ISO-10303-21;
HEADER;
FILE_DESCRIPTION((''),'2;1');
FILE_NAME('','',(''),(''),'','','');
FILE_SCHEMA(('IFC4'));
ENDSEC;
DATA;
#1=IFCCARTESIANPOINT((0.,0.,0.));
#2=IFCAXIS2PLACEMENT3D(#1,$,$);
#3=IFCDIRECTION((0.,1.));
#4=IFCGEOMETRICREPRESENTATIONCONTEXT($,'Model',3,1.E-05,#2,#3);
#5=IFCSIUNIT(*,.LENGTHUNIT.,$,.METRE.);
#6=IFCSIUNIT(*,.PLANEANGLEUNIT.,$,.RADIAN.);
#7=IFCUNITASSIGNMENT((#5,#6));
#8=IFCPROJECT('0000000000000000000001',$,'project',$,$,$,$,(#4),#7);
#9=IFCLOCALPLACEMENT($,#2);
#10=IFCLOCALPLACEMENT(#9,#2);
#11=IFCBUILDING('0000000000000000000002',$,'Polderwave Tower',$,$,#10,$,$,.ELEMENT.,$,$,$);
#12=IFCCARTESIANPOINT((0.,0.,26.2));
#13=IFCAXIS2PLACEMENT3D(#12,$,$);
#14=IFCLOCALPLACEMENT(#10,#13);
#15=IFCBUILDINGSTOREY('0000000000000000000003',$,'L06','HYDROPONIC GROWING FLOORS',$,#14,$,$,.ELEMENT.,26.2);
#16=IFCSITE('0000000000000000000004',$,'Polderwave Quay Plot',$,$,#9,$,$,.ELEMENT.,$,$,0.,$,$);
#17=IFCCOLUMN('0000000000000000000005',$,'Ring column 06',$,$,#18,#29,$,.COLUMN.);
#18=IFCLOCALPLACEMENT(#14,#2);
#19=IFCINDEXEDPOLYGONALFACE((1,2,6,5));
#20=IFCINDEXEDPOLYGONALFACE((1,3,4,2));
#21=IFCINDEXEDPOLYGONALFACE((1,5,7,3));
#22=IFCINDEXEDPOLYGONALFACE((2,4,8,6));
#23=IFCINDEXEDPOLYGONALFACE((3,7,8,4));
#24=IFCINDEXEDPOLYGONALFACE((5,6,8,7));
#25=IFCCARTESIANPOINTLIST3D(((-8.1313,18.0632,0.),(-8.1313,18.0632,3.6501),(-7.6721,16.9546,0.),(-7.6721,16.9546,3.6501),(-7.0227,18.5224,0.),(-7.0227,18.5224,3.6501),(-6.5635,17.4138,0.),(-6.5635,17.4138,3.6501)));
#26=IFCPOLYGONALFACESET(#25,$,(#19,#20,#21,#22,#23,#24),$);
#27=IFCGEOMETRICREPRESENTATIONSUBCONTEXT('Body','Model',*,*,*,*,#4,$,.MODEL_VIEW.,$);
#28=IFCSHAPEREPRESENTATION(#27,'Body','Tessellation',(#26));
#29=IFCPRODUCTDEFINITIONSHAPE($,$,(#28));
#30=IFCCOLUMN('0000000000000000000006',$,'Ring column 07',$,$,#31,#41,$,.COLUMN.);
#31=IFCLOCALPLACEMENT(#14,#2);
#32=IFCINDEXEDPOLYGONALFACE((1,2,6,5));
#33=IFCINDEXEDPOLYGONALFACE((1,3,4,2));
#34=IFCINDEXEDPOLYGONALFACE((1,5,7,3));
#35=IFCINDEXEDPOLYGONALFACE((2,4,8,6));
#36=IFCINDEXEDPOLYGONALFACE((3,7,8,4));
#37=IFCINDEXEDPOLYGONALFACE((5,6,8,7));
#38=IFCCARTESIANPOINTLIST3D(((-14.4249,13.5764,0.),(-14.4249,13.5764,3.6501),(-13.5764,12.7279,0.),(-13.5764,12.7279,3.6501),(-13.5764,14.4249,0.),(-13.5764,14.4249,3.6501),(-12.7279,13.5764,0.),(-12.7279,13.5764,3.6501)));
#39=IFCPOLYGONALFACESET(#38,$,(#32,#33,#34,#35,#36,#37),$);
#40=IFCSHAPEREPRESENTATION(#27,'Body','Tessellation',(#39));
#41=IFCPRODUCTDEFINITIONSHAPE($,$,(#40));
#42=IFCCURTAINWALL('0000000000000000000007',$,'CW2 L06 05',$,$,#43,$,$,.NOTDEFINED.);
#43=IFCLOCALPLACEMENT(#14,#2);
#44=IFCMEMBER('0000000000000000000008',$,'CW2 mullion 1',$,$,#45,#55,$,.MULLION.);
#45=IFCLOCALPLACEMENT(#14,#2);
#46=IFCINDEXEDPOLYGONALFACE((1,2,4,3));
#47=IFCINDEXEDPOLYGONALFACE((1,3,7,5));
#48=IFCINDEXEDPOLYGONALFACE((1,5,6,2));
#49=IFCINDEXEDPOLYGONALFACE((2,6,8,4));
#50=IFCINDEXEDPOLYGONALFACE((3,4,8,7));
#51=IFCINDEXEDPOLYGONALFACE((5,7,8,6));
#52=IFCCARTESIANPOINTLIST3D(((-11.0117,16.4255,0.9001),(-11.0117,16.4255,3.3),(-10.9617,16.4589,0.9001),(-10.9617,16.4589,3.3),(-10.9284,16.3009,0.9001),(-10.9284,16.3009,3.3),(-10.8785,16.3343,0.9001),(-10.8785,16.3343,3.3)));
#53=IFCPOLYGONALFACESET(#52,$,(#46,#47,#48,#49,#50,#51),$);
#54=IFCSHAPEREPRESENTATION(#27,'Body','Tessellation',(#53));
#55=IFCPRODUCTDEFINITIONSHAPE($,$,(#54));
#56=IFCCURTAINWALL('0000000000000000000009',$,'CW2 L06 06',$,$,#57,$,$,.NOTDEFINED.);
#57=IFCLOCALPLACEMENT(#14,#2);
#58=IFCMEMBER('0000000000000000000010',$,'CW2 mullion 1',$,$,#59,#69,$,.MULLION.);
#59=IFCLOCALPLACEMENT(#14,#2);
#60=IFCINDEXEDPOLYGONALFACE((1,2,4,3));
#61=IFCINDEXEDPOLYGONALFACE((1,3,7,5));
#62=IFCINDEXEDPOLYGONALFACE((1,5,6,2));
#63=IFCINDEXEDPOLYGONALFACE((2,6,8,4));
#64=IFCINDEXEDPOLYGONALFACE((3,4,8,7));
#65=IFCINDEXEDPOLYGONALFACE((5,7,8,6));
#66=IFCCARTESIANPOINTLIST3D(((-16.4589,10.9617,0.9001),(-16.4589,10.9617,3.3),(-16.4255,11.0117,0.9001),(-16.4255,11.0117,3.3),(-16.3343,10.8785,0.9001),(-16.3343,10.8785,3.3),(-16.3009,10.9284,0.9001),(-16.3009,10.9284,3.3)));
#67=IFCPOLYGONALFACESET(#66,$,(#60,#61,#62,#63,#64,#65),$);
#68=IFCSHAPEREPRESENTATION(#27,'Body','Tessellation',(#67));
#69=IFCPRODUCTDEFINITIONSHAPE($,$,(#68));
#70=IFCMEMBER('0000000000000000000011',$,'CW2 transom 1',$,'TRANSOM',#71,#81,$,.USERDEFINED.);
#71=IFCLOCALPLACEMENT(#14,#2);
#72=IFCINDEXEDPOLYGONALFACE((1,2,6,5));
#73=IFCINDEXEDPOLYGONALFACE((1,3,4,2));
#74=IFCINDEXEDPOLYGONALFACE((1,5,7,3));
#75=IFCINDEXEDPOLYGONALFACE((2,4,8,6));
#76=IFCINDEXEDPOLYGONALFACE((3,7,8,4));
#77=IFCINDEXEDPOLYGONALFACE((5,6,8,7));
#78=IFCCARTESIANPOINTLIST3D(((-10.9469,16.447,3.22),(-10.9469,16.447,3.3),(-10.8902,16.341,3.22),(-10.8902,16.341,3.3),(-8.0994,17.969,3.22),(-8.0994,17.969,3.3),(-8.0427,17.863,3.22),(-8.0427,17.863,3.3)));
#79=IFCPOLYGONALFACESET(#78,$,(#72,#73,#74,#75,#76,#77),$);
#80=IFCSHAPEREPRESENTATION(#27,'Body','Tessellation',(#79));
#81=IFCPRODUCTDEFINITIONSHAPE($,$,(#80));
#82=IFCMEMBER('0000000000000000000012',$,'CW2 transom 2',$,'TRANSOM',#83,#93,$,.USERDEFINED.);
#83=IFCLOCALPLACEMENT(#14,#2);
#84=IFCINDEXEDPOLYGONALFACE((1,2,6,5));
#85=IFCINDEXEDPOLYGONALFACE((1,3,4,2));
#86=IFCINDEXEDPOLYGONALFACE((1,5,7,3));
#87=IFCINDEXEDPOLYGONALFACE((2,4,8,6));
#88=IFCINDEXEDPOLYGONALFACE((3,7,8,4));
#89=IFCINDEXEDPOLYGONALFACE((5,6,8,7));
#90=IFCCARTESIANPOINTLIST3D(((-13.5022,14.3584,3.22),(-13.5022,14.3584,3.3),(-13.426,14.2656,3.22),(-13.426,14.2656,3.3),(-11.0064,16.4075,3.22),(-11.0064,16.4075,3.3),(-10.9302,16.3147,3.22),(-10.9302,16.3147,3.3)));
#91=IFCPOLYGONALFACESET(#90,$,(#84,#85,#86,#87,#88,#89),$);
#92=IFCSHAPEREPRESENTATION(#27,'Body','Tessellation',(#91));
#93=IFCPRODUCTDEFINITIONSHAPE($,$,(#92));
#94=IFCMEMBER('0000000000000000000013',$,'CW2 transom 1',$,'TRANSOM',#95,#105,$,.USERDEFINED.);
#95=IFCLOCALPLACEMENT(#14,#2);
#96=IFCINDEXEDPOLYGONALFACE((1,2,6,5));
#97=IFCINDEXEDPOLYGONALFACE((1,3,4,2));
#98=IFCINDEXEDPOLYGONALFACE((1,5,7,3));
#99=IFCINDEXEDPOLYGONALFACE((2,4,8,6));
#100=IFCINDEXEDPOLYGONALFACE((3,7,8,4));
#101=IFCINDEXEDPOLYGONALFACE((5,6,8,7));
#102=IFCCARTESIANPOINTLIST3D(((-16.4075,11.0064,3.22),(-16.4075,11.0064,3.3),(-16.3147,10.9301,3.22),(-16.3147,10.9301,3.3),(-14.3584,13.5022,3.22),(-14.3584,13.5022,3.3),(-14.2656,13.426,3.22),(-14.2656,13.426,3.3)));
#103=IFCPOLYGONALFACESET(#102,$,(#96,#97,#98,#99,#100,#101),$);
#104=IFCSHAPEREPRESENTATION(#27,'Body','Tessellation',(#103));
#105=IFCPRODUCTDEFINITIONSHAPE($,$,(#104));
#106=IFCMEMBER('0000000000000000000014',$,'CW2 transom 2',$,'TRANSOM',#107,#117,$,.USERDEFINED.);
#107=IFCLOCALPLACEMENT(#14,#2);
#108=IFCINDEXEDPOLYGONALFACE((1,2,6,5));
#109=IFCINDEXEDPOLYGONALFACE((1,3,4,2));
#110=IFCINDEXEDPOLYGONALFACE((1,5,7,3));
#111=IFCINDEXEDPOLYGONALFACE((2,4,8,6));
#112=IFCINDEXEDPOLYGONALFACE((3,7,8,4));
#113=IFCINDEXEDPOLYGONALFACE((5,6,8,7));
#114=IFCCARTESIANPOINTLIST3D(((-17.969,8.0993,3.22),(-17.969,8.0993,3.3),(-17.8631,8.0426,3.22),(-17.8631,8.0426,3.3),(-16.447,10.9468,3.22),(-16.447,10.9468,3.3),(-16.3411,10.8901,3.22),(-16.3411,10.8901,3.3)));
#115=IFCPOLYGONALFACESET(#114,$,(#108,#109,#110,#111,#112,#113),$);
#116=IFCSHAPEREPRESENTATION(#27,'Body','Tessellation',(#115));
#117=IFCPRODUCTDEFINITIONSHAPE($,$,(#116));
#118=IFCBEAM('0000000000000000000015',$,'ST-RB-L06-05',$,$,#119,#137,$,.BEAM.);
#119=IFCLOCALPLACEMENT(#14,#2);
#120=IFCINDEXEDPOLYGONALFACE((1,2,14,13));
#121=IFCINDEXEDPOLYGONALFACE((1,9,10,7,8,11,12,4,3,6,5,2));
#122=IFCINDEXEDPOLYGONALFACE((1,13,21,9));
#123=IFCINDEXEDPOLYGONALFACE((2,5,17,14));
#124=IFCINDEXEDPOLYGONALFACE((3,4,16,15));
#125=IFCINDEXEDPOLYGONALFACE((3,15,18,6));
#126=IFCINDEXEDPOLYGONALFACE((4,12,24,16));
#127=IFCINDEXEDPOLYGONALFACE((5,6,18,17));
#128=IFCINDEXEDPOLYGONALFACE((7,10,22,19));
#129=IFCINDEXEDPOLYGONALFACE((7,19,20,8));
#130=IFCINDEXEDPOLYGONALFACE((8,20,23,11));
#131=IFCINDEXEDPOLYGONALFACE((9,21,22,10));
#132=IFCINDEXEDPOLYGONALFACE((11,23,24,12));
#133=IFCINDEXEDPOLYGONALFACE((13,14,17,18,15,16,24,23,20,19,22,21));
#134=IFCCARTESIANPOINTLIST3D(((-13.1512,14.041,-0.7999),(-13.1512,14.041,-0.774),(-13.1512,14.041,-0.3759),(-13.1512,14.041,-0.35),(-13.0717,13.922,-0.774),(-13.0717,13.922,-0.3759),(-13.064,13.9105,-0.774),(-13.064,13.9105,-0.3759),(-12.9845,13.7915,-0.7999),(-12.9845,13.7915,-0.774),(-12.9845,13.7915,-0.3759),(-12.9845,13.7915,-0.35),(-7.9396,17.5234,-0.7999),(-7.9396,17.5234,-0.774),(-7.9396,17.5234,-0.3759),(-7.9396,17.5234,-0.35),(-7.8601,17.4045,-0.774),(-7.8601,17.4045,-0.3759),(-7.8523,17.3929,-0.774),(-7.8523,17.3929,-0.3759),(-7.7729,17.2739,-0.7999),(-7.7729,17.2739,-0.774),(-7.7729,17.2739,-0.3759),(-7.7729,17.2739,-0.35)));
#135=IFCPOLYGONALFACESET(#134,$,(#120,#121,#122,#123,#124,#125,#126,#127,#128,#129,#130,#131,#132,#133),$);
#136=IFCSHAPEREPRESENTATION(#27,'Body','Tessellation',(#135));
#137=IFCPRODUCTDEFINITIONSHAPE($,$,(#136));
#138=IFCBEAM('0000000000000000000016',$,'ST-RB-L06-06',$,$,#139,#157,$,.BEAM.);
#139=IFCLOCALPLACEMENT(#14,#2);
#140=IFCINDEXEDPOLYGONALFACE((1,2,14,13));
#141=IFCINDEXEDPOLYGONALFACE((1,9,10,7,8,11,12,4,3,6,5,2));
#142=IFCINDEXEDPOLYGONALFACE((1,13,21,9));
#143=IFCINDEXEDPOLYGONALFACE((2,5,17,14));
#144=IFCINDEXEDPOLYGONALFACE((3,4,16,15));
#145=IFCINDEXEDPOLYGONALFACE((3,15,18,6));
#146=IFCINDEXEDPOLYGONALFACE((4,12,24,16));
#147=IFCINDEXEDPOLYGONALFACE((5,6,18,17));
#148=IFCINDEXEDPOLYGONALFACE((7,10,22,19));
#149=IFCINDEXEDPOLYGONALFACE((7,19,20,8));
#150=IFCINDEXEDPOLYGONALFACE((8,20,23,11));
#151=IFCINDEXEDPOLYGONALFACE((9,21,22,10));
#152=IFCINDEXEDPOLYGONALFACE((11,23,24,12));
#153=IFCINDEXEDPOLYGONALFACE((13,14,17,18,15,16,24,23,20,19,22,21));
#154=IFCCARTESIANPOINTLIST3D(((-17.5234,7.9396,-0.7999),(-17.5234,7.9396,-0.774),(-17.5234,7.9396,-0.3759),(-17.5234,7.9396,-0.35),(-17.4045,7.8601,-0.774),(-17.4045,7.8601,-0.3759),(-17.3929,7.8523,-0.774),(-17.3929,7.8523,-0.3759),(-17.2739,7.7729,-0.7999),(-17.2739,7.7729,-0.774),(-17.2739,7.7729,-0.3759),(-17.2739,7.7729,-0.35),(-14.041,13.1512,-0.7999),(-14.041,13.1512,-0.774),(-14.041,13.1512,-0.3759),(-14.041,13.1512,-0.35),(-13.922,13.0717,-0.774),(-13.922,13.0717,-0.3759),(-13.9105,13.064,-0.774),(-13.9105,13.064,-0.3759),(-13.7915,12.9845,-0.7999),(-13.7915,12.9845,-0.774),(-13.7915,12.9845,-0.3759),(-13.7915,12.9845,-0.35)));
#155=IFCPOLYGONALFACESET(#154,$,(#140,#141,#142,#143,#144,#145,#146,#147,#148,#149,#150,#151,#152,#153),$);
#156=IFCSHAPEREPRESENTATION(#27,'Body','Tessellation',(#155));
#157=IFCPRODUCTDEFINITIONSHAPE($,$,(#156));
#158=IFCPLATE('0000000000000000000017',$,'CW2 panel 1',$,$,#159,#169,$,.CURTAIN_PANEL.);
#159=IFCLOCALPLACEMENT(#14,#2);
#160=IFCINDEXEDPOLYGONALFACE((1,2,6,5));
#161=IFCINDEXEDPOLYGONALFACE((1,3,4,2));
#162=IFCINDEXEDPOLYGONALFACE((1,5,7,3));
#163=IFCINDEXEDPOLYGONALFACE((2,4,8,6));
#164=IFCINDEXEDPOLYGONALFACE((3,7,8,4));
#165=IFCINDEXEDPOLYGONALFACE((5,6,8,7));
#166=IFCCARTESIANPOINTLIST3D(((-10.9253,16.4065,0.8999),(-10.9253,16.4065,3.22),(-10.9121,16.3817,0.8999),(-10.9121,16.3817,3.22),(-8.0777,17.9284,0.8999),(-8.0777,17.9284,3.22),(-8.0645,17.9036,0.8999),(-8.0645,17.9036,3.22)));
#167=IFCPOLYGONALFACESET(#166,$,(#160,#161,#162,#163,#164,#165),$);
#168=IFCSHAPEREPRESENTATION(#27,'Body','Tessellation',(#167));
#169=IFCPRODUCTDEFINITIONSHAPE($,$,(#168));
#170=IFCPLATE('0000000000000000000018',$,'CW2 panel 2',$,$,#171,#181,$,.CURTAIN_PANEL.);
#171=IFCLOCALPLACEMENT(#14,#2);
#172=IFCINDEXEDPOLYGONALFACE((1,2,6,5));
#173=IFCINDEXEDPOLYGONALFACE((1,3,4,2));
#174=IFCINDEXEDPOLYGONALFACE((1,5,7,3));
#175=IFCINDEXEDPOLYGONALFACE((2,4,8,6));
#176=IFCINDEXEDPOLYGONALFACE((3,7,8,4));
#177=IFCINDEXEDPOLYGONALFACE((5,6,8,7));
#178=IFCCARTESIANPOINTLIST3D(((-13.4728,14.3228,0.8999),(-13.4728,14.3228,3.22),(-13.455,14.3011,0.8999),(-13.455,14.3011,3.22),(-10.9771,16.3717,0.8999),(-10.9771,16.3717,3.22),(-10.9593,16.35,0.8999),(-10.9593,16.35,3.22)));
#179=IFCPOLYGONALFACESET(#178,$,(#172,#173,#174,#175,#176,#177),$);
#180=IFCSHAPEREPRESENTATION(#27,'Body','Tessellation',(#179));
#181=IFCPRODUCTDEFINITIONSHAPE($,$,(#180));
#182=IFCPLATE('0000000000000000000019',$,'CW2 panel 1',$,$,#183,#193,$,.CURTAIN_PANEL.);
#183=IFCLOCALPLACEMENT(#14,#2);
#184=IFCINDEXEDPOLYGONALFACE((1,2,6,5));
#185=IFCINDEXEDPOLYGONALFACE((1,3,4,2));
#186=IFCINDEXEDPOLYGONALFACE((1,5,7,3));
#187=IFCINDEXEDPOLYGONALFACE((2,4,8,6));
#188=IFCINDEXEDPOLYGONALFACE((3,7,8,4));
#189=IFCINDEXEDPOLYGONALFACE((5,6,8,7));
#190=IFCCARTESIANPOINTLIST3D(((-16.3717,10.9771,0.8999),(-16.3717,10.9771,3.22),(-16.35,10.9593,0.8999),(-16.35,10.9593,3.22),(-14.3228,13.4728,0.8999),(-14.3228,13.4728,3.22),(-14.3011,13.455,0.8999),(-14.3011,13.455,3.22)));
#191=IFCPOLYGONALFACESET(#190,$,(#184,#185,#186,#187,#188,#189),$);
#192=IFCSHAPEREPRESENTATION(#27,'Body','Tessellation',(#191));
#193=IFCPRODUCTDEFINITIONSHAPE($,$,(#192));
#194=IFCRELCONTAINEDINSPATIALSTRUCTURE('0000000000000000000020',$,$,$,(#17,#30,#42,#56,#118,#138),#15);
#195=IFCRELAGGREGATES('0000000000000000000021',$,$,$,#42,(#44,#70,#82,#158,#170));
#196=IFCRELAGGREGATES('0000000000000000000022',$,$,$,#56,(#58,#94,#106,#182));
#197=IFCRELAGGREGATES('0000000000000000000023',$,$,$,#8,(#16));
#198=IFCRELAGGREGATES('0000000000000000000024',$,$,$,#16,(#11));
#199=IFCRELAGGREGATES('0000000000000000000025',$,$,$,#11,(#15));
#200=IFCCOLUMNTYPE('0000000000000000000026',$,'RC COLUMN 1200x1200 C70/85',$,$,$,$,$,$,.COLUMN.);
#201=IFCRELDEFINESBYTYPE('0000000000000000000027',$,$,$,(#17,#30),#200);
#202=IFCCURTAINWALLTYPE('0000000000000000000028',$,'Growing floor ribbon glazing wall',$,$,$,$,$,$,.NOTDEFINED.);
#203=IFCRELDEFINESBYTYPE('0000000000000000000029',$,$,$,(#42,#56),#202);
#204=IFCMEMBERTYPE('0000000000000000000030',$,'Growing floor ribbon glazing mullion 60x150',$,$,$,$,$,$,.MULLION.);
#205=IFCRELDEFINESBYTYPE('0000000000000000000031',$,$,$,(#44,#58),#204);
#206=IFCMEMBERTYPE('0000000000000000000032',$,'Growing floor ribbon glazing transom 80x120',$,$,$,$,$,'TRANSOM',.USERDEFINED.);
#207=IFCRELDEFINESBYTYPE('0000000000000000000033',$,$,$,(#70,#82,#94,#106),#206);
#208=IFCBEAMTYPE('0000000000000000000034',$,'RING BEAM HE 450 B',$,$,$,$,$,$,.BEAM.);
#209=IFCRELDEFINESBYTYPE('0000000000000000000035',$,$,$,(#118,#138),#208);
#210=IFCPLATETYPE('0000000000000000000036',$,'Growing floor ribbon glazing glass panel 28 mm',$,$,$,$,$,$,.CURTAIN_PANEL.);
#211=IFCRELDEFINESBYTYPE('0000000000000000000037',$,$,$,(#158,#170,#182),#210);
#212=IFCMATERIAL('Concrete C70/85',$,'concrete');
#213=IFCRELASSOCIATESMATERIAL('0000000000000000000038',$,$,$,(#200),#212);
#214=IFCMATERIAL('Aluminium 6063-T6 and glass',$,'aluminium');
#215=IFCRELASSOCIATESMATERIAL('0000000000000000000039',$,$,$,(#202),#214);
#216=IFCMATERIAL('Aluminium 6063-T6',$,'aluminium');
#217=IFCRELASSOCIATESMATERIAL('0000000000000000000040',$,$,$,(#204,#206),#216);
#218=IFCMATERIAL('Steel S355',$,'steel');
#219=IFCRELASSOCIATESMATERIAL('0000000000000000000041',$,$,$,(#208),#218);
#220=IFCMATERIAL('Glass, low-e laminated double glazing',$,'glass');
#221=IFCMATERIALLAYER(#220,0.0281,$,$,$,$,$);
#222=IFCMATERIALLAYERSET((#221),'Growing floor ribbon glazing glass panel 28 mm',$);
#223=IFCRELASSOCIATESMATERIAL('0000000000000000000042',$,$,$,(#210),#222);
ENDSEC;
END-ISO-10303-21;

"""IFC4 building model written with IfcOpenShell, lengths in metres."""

from ifc_helpers import new_model, si_unit, direction, frame, origin, origin_2d, place, context, subcontext, project, spatial, rectangle, i_section, extrude, material, layer, layer_set, material_profile, profile_set, type_object, element, aggregate, save


model = new_model("IFC4")

# Units and contexts
model_context = context("Model", 3, precision=1e-05, world=origin(), true_north=direction((0.0, 1.0)))
body_context = subcontext(model_context, "Body", "Model", "MODEL_VIEW")
ifc_project = project(units=[si_unit("LENGTHUNIT", "METRE"), si_unit("PLANEANGLEUNIT", "RADIAN")], contexts=[model_context])

# Site, building, storey
site_placement = place(None, origin())
site = spatial("IfcSite", under=ifc_project, at=site_placement, Name="Polderwave Quay Plot", CompositionType="ELEMENT", RefElevation=0.0)
building_placement = place(site_placement, origin())
building = spatial("IfcBuilding", under=site, at=building_placement, Name="Polderwave Tower", CompositionType="ELEMENT")
storey_placement = place(building_placement, frame((0.0, 0.0, 26.2)))
storey = spatial("IfcBuildingStorey", under=building, at=storey_placement, Name="L06", Description="HYDROPONIC GROWING FLOORS", CompositionType="ELEMENT", Elevation=26.2)

# Columns
ifc_material_1 = material(Name="Concrete C70/85", Category="concrete")
ifc_material_profile_1 = material_profile(ifc_material_1, rectangle(XDim=1.2, YDim=1.2, at=origin_2d()), Name="RC 1200x1200")
ifc_profile_set_1 = profile_set([ifc_material_profile_1], Name="Concrete C70/85")
column_type = type_object("IfcColumnType", Name="RC COLUMN 1200x1200 C70/85", PredefinedType="COLUMN", material=ifc_profile_set_1)
for number, where, z_axis, x_axis, name in (
    (1, (-7.3474, 17.7385, 0.0), (0.0, 0.0, 1.0), (-0.382683, 0.92388, 0.0), "Ring column 06"),
    (2, (-13.5764, 13.5764, 0.0), (0.0, 0.0, 1.0), (-0.707107, 0.707107, 0.0), "Ring column 07"),
):
    element("IfcColumn", number, at=place(storey_placement, frame(where, z_axis=z_axis, x_axis=x_axis)), inside=storey, type_object=column_type, Name=name, PredefinedType="COLUMN", context=body_context, shape_type="SweptSolid", body=[
        extrude(rectangle(XDim=1.2, YDim=1.2, at=origin_2d()), origin(), (0.0, 0.0, 1.0), 3.6501),
    ])

# Curtain walls, members
ifc_material_2 = material(Name="Aluminium 6063-T6 and glass", Category="aluminium")
curtain_wall_type = type_object("IfcCurtainWallType", Name="Growing floor ribbon glazing wall", PredefinedType="NOTDEFINED", material=ifc_material_2)
curtain_wall_1_placement = place(storey_placement, origin())
curtain_wall_1 = element("IfcCurtainWall", 3, at=curtain_wall_1_placement, inside=storey, type_object=curtain_wall_type, Name="CW2 L06 05", PredefinedType="NOTDEFINED")
ifc_material_3 = material(Name="Aluminium 6063-T6", Category="aluminium")
ifc_material_profile_2 = material_profile(ifc_material_3, rectangle(XDim=0.1499, YDim=0.0601, at=origin_2d()), Name="AL 60x150")
ifc_profile_set_2 = profile_set([ifc_material_profile_2], Name="Aluminium 6063-T6")
member_type_1 = type_object("IfcMemberType", Name="Growing floor ribbon glazing mullion 60x150", PredefinedType="MULLION", material=ifc_profile_set_2)
member_1_placement = place(storey_placement, frame((-10.9451, 16.3799, 0.9001), z_axis=(0.0, 0.0, 1.0), x_axis=(0.55562, -0.831437, 0.0)))
member_1 = element("IfcMember", 4, at=member_1_placement, type_object=member_type_1, Name="CW2 mullion 1", PredefinedType="MULLION", context=body_context, shape_type="SweptSolid", body=[
    extrude(rectangle(XDim=0.1499, YDim=0.0601, at=origin_2d()), origin(), (0.0, 0.0, 1.0), 2.3999),
])
curtain_wall_2_placement = place(storey_placement, origin())
curtain_wall_2 = element("IfcCurtainWall", 5, at=curtain_wall_2_placement, inside=storey, type_object=curtain_wall_type, Name="CW2 L06 06", PredefinedType="NOTDEFINED")
member_2_placement = place(storey_placement, frame((-16.3799, 10.9451, 0.9001), z_axis=(0.0, 0.0, 1.0), x_axis=(0.831437, -0.55562, 0.0)))
member_2 = element("IfcMember", 6, at=member_2_placement, type_object=member_type_1, Name="CW2 mullion 1", PredefinedType="MULLION", context=body_context, shape_type="SweptSolid", body=[
    extrude(rectangle(XDim=0.1499, YDim=0.0601, at=origin_2d()), origin(), (0.0, 0.0, 1.0), 2.3999),
])

# Members
ifc_material_profile_3 = material_profile(ifc_material_3, rectangle(XDim=0.1201, YDim=0.0801, at=origin_2d()), Name="AL 80x120")
ifc_profile_set_3 = profile_set([ifc_material_profile_3], Name="Aluminium 6063-T6")
member_type_2 = type_object("IfcMemberType", Name="Growing floor ribbon glazing transom 80x120", ElementType="TRANSOM", PredefinedType="USERDEFINED", material=ifc_profile_set_3)
member_3_placement = place(storey_placement, frame((-8.071, 17.916, 3.26), z_axis=(-0.881921, -0.471397, 0.0), x_axis=(0.471397, -0.881921, 0.0)))
member_3 = element("IfcMember", 7, at=member_3_placement, type_object=member_type_2, Name="CW2 transom 1", ObjectType="TRANSOM", PredefinedType="USERDEFINED", context=body_context, shape_type="SweptSolid", body=[
    extrude(rectangle(XDim=0.1201, YDim=0.0801, at=origin_2d()), origin(), (0.0, 0.0, 1.0), 3.2288),
])
member_4_placement = place(storey_placement, frame((-10.9683, 16.3611, 3.26), z_axis=(-0.772892, -0.634538, 0.0), x_axis=(0.634538, -0.772892, 0.0)))
member_4 = element("IfcMember", 8, at=member_4_placement, type_object=member_type_2, Name="CW2 transom 2", ObjectType="TRANSOM", PredefinedType="USERDEFINED", context=body_context, shape_type="SweptSolid", body=[
    extrude(rectangle(XDim=0.1201, YDim=0.0801, at=origin_2d()), origin(), (0.0, 0.0, 1.0), 3.2292),
])
member_5_placement = place(storey_placement, frame((-14.312, 13.4641, 3.26), z_axis=(-0.634538, -0.772892, 0.0), x_axis=(0.772892, -0.634538, 0.0)))
member_5 = element("IfcMember", 9, at=member_5_placement, type_object=member_type_2, Name="CW2 transom 1", ObjectType="TRANSOM", PredefinedType="USERDEFINED", context=body_context, shape_type="SweptSolid", body=[
    extrude(rectangle(XDim=0.1201, YDim=0.0801, at=origin_2d()), origin(), (0.0, 0.0, 1.0), 3.2292),
])
member_6_placement = place(storey_placement, frame((-16.394, 10.9185, 3.26), z_axis=(-0.471397, -0.881921, 0.0), x_axis=(0.881921, -0.471397, 0.0)))
member_6 = element("IfcMember", 10, at=member_6_placement, type_object=member_type_2, Name="CW2 transom 2", ObjectType="TRANSOM", PredefinedType="USERDEFINED", context=body_context, shape_type="SweptSolid", body=[
    extrude(rectangle(XDim=0.1201, YDim=0.0801, at=origin_2d()), origin(), (0.0, 0.0, 1.0), 3.2288),
])

# Beams
ifc_material_4 = material(Name="Steel S355", Category="steel")
ifc_material_profile_4 = material_profile(ifc_material_4, i_section(OverallWidth=0.3, OverallDepth=0.45, WebThickness=0.0139, FlangeThickness=0.0259, at=origin_2d()), Name="HE 450 B")
ifc_profile_set_4 = profile_set([ifc_material_profile_4], Name="Steel S355")
beam_type = type_object("IfcBeamType", Name="RING BEAM HE 450 B", PredefinedType="BEAM", material=ifc_profile_set_4)
for number, where, z_axis, x_axis, name in (
    (11, (-7.8562, 17.3987, -0.575), (-0.831463, -0.555581, 0.0), (0.555581, -0.831463, 0.0), "ST-RB-L06-05"),
    (12, (-13.9163, 13.0679, -0.575), (-0.555581, -0.831463, 0.0), (0.831463, -0.555581, 0.0), "ST-RB-L06-06"),
):
    element("IfcBeam", number, at=place(storey_placement, frame(where, z_axis=z_axis, x_axis=x_axis)), inside=storey, type_object=beam_type, Name=name, PredefinedType="BEAM", context=body_context, shape_type="SweptSolid", body=[
        extrude(i_section(OverallWidth=0.3, OverallDepth=0.45, WebThickness=0.0139, FlangeThickness=0.0259, at=origin_2d()), origin(), (0.0, 0.0, 1.0), 6.2681),
    ])

# Plates
ifc_material_5 = material(Name="Glass, low-e laminated double glazing", Category="glass")
ifc_layer_1 = layer(ifc_material_5, 0.0281)
ifc_layer_set_1 = layer_set([ifc_layer_1], Name="Growing floor ribbon glazing glass panel 28 mm")
plate_type = type_object("IfcPlateType", Name="Growing floor ribbon glazing glass panel 28 mm", PredefinedType="CURTAIN_PANEL", material=ifc_layer_set_1)
plate_1_placement = place(storey_placement, frame((-9.4949, 17.155, 0.8999), z_axis=(0.0, 0.0, 1.0), x_axis=(-0.881945, -0.471352, 0.0)))
plate_1 = element("IfcPlate", 13, at=plate_1_placement, type_object=plate_type, Name="CW2 panel 1", PredefinedType="CURTAIN_PANEL", context=body_context, shape_type="SweptSolid", body=[
    extrude(rectangle(XDim=3.2288, YDim=0.0281, at=origin_2d()), origin(), (0.0, 0.0, 1.0), 2.3201),
])
plate_2_placement = place(storey_placement, frame((-12.2161, 15.3364, 0.8999), z_axis=(0.0, 0.0, 1.0), x_axis=(-0.772903, -0.634524, 0.0)))
plate_2 = element("IfcPlate", 14, at=plate_2_placement, type_object=plate_type, Name="CW2 panel 2", PredefinedType="CURTAIN_PANEL", context=body_context, shape_type="SweptSolid", body=[
    extrude(rectangle(XDim=3.229, YDim=0.0281, at=origin_2d()), origin(), (0.0, 0.0, 1.0), 2.3201),
])
aggregate(curtain_wall_1, [member_1, member_3, member_4, plate_1, plate_2])
plate_3_placement = place(storey_placement, frame((-15.3364, 12.2161, 0.8999), z_axis=(0.0, 0.0, 1.0), x_axis=(-0.634524, -0.772903, 0.0)))
plate_3 = element("IfcPlate", 15, at=plate_3_placement, type_object=plate_type, Name="CW2 panel 1", PredefinedType="CURTAIN_PANEL", context=body_context, shape_type="SweptSolid", body=[
    extrude(rectangle(XDim=3.229, YDim=0.0281, at=origin_2d()), origin(), (0.0, 0.0, 1.0), 2.3201),
])
aggregate(curtain_wall_2, [member_2, member_5, member_6, plate_3])

save(model, "model.ifc")
